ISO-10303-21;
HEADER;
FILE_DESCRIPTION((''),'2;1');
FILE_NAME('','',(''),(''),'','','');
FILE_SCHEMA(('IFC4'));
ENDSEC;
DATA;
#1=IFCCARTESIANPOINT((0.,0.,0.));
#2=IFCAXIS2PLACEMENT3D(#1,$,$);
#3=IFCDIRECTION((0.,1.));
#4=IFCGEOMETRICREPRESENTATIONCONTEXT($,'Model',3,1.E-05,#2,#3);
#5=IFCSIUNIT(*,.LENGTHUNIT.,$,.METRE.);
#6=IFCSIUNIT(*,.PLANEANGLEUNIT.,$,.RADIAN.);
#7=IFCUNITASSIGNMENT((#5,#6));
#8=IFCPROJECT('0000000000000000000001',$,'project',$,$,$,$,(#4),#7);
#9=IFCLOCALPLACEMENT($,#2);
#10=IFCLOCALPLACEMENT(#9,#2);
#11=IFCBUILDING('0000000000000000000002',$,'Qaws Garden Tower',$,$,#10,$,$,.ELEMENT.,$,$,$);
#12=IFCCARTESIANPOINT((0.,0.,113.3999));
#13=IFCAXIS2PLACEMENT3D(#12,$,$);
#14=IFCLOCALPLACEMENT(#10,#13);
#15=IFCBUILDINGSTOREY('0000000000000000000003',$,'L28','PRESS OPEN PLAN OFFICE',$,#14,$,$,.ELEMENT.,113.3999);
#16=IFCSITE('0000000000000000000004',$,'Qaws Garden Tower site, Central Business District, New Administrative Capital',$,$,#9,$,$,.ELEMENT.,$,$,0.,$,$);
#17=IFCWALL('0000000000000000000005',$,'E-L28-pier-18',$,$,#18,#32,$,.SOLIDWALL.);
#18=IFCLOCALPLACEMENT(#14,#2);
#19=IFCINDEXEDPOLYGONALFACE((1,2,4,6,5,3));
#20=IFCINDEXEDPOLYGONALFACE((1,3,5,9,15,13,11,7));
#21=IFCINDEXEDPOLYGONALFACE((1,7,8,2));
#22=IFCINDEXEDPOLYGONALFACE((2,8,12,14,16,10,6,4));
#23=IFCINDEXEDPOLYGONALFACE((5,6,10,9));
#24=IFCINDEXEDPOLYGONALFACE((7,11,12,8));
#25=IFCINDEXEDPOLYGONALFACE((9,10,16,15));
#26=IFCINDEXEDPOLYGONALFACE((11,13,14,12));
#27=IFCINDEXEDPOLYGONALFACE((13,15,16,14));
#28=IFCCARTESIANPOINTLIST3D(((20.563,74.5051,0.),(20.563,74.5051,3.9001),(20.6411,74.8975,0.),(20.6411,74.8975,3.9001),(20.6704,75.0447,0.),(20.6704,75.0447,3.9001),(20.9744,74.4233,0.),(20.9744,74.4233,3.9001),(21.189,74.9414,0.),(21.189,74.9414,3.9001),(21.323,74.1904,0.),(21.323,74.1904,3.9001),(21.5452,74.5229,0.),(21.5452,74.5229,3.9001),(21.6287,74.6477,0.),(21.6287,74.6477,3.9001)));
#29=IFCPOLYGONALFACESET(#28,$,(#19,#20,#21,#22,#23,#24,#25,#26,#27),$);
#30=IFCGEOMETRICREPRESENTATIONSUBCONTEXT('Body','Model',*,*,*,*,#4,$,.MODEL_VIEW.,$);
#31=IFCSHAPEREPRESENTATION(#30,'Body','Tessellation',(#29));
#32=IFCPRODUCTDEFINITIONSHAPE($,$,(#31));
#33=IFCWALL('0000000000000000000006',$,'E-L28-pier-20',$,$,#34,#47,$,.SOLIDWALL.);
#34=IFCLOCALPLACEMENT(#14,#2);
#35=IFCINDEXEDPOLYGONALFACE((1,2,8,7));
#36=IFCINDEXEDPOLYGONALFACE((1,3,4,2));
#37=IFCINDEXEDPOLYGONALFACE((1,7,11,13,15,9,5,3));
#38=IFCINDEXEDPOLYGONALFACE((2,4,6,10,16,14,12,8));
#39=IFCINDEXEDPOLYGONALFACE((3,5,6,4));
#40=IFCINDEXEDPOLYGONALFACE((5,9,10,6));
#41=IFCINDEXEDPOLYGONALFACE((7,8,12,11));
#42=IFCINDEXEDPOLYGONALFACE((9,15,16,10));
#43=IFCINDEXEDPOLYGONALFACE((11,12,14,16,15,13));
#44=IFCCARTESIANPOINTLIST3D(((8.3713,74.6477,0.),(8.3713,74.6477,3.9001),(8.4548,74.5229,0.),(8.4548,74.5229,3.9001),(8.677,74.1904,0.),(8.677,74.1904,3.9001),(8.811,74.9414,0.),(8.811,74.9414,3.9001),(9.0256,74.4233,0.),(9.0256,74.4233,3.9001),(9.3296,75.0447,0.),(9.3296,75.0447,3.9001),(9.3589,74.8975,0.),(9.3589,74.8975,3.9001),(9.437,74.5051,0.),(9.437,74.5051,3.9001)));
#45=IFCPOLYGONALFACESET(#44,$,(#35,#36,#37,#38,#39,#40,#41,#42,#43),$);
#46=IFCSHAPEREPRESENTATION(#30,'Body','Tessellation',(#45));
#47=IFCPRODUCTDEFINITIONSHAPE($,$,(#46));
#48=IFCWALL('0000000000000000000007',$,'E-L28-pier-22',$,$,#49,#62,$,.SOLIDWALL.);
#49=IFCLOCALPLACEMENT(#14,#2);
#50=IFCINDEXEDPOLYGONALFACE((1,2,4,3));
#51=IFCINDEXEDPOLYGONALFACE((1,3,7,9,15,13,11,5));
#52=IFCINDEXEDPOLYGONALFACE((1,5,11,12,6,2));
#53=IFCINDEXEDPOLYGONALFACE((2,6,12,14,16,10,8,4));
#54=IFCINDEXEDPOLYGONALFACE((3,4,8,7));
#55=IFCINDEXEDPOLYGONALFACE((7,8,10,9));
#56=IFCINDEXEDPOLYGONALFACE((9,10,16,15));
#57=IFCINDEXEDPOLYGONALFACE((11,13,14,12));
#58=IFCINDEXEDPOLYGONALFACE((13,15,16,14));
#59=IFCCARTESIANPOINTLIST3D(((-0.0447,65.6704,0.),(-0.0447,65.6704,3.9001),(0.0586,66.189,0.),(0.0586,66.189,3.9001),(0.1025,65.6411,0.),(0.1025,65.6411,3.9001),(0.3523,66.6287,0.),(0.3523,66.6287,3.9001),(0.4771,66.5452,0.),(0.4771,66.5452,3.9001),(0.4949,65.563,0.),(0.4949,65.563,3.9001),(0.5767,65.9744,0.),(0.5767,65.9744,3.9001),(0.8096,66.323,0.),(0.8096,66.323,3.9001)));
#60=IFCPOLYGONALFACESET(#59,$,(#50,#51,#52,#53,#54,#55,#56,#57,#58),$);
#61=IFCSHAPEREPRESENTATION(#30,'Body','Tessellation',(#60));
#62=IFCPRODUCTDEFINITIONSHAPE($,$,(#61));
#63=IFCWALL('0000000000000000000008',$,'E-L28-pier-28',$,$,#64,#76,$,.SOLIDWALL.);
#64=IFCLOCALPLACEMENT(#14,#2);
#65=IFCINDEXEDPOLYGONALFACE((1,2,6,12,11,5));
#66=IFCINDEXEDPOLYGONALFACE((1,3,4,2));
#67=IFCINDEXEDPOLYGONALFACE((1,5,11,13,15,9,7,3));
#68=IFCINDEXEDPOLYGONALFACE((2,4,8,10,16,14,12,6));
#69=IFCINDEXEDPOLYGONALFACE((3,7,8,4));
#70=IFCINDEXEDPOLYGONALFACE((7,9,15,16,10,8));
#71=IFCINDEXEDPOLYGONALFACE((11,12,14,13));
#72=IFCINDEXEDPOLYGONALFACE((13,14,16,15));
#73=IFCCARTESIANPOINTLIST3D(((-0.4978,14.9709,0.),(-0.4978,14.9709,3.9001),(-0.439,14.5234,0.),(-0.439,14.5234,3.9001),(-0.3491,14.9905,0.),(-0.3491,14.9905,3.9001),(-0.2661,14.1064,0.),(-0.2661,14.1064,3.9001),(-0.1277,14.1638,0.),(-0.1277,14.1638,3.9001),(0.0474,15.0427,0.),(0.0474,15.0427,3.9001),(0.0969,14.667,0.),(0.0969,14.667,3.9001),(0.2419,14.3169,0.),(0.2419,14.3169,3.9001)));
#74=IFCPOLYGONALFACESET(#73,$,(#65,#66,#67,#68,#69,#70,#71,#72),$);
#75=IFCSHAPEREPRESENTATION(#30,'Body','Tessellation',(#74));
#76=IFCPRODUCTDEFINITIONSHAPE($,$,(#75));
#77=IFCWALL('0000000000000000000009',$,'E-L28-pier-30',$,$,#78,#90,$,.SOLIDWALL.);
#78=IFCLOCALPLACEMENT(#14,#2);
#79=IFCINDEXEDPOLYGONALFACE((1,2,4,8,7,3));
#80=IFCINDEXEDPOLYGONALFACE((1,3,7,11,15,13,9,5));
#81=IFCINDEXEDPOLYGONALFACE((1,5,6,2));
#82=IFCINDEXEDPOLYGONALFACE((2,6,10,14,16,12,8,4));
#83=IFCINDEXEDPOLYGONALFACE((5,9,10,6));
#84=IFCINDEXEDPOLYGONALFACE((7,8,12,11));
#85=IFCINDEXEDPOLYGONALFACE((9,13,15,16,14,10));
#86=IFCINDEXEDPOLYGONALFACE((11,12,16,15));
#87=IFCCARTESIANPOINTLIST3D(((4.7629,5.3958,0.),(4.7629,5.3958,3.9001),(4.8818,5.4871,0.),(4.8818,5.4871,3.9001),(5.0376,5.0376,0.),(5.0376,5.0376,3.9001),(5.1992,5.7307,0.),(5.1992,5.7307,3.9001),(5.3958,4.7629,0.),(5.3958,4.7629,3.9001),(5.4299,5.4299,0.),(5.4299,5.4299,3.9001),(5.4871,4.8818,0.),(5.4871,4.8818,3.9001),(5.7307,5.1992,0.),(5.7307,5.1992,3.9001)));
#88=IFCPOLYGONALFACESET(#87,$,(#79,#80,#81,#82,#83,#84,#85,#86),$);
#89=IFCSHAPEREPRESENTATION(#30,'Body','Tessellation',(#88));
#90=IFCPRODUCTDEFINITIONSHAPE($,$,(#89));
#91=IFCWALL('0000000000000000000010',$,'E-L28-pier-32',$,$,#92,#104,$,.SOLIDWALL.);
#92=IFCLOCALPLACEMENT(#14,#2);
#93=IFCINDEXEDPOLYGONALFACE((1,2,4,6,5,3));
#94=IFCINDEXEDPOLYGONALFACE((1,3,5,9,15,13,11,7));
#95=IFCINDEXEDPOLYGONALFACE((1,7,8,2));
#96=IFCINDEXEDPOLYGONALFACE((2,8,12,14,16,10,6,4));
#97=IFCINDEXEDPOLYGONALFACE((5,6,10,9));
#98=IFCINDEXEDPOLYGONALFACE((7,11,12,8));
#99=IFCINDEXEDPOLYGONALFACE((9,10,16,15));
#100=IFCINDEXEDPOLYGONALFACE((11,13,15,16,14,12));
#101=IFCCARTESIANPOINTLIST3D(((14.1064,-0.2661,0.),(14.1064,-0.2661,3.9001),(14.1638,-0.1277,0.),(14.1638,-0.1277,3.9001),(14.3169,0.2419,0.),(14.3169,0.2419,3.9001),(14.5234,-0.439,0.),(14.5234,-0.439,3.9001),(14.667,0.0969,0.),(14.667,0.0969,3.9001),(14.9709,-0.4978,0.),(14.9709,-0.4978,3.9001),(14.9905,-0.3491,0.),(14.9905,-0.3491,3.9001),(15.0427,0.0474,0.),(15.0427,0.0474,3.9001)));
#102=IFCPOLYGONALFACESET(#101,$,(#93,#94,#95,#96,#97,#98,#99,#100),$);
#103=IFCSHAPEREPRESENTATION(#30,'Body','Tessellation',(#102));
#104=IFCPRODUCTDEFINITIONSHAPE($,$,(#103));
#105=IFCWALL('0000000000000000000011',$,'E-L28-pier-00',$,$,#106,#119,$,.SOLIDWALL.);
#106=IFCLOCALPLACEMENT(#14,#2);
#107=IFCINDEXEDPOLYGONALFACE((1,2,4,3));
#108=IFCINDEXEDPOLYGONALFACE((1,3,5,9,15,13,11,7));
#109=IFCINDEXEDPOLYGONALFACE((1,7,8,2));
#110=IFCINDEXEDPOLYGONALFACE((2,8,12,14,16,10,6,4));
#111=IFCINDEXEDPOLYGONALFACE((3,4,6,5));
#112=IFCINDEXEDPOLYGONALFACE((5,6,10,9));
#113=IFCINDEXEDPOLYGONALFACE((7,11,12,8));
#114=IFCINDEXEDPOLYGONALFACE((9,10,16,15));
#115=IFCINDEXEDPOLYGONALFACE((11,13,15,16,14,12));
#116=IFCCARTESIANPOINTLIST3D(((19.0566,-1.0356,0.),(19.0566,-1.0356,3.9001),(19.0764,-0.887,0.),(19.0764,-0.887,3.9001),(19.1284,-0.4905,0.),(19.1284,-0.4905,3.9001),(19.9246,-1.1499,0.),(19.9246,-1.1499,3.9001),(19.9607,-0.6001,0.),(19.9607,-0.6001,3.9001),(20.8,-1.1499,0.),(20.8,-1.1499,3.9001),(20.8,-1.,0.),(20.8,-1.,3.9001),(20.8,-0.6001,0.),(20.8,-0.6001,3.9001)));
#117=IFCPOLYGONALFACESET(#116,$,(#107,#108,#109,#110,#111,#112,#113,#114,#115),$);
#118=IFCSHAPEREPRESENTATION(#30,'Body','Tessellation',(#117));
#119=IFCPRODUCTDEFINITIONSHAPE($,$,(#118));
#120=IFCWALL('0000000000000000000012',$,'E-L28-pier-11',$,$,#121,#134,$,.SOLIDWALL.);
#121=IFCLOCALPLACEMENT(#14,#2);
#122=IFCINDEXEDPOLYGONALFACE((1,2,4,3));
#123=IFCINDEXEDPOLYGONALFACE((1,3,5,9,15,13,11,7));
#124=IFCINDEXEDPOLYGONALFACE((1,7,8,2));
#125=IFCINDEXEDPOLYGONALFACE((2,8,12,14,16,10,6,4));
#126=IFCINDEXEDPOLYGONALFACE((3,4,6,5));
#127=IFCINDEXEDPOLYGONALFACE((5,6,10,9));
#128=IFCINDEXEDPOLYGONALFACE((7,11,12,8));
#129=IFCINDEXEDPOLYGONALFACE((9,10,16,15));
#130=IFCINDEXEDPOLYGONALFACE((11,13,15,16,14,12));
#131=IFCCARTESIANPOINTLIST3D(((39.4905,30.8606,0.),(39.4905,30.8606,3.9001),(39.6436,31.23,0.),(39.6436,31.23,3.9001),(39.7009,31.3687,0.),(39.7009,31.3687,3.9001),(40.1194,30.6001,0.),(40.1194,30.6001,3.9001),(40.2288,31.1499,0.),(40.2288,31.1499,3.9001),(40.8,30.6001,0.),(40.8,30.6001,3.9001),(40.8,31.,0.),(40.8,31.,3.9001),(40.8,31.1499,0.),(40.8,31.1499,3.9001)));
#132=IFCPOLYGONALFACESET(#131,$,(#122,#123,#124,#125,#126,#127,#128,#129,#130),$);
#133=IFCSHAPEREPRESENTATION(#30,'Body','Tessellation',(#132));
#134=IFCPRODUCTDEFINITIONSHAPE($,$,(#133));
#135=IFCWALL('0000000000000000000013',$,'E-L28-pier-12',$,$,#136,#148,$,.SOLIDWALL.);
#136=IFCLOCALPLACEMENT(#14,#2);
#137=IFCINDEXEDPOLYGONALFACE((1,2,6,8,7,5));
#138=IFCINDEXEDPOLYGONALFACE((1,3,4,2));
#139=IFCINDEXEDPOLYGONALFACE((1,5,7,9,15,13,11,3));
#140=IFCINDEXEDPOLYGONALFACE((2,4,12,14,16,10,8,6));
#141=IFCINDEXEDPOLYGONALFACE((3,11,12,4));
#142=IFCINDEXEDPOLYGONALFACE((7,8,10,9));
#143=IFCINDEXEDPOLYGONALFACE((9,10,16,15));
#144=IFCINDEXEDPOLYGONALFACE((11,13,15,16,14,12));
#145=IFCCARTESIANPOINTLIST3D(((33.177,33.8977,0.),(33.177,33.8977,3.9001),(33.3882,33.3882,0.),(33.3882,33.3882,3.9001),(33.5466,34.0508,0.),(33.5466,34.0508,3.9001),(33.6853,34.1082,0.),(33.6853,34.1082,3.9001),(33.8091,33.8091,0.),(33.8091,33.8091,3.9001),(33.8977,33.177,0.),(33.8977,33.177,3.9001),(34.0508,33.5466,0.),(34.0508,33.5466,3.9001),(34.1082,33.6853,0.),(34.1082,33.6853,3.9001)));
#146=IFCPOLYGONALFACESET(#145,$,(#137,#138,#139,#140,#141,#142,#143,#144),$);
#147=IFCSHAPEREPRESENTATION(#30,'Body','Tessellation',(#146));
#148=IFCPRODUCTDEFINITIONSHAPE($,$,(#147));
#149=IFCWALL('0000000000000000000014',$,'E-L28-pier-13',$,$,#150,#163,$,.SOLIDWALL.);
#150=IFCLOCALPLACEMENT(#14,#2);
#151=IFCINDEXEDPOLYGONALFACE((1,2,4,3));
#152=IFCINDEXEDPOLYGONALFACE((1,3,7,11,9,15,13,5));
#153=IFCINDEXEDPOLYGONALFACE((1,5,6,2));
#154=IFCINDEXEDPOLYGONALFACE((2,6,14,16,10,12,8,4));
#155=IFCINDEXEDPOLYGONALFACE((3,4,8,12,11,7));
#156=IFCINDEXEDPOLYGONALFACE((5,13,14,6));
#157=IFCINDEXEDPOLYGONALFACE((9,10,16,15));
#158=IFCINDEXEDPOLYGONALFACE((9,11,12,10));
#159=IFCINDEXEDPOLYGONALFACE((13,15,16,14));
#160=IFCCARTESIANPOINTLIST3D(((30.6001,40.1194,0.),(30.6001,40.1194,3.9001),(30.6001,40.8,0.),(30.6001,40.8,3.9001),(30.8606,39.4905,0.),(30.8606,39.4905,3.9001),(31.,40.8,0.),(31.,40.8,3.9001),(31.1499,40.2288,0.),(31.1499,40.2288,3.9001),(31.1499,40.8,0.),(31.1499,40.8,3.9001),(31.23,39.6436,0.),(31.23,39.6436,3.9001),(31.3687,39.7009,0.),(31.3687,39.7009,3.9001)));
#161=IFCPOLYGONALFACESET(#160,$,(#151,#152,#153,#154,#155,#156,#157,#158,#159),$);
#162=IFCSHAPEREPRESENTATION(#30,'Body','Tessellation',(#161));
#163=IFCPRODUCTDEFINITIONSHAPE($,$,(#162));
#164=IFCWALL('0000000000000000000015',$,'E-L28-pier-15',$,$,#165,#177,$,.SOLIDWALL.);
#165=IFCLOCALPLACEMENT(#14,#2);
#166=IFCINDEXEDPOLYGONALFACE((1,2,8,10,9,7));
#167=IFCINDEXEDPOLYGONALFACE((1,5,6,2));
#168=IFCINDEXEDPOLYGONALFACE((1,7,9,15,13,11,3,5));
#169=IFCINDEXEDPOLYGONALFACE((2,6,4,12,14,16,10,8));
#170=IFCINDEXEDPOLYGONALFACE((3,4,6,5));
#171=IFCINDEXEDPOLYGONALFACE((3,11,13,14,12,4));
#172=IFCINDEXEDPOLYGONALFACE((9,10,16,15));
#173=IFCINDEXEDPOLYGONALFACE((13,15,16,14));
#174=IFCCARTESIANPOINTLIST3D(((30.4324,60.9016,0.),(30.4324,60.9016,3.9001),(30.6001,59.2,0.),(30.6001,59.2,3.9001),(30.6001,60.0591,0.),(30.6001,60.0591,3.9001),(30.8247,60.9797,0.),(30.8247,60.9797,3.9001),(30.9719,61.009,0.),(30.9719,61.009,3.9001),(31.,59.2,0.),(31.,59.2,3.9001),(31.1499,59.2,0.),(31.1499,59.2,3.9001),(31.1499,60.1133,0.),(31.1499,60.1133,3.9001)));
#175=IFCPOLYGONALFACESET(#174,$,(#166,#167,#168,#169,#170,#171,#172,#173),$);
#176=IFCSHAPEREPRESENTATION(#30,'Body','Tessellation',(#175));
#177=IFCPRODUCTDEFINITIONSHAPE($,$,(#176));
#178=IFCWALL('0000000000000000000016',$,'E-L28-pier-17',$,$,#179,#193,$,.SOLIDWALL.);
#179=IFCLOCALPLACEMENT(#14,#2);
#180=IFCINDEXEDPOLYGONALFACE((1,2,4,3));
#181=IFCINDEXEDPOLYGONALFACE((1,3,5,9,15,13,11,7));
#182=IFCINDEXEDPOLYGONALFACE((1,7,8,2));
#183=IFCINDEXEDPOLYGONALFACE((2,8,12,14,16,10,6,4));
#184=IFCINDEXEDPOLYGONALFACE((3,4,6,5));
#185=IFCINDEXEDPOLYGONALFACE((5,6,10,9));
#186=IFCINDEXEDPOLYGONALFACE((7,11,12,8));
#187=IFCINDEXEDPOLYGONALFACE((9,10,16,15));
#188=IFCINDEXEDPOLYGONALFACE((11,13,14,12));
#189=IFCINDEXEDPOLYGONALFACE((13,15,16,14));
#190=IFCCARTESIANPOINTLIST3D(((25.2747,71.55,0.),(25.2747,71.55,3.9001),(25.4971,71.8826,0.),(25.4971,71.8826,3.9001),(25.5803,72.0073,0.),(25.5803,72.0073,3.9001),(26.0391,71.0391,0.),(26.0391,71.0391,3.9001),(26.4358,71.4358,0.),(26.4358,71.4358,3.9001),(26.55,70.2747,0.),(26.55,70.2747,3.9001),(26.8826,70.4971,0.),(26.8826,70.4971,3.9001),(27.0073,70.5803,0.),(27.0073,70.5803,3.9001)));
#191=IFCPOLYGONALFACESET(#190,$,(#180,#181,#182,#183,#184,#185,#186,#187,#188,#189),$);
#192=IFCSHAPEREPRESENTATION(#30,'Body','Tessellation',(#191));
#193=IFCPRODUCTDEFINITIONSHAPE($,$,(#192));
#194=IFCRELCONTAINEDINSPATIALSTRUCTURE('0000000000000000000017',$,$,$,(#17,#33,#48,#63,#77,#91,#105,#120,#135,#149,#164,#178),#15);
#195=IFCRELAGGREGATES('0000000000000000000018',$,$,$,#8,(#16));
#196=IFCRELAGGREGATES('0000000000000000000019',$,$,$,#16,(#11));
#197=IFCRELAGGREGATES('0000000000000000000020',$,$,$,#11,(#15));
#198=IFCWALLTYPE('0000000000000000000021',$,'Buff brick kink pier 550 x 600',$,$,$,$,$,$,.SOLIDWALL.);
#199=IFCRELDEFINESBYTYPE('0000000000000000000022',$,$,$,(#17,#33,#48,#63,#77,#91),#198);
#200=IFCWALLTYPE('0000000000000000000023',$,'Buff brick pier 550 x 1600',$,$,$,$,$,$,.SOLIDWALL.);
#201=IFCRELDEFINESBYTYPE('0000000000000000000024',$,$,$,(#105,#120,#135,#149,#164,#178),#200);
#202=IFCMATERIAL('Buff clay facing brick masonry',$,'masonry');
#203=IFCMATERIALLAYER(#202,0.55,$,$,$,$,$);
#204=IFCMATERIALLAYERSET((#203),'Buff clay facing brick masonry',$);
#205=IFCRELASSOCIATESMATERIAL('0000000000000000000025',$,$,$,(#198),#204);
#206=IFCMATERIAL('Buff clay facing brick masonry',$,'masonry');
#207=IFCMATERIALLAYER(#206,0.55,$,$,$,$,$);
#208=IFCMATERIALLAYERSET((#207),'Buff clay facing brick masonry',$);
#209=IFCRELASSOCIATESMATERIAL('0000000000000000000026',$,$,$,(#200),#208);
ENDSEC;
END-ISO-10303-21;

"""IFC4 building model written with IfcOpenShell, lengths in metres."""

from ifc_helpers import new_model, si_unit, direction, frame, origin, place, context, subcontext, project, spatial, polyline, outline, extrude, material, layer, layer_set, type_object, element, save


model = new_model("IFC4")

# Units and contexts
model_context = context("Model", 3, precision=1e-05, world=origin(), true_north=direction((0.0, 1.0)))
body_context = subcontext(model_context, "Body", "Model", "MODEL_VIEW")
ifc_project = project(units=[si_unit("LENGTHUNIT", "METRE"), si_unit("PLANEANGLEUNIT", "RADIAN")], contexts=[model_context])

# Site, building, storey
site_placement = place(None, origin())
site = spatial("IfcSite", under=ifc_project, at=site_placement, Name="Qaws Garden Tower site, Central Business District, New Administrative Capital", CompositionType="ELEMENT", RefElevation=0.0)
building_placement = place(site_placement, origin())
building = spatial("IfcBuilding", under=site, at=building_placement, Name="Qaws Garden Tower", CompositionType="ELEMENT")
storey_placement = place(building_placement, frame((0.0, 0.0, 113.3999)))
storey = spatial("IfcBuildingStorey", under=building, at=storey_placement, Name="L28", Description="PRESS OPEN PLAN OFFICE", CompositionType="ELEMENT", Elevation=113.3999)

# Walls
placement = place(storey_placement, origin())
ifc_material_1 = material(Name="Buff clay facing brick masonry", Category="masonry")
ifc_layer_1 = layer(ifc_material_1, 0.55)
ifc_layer_set_1 = layer_set([ifc_layer_1], Name="Buff clay facing brick masonry")
wall_type_1 = type_object("IfcWallType", Name="Buff brick kink pier 550 x 600", PredefinedType="SOLIDWALL", material=ifc_layer_set_1)
element("IfcWall", 1, at=placement, inside=storey, type_object=wall_type_1, Name="E-L28-pier-18", PredefinedType="SOLIDWALL", context=body_context, shape_type="SweptSolid", body=[
    extrude(outline(polyline([(21.5452, 74.5229), (21.6287, 74.6477), (21.189, 74.9414), (20.6704, 75.0447), (20.6411, 74.8975), (20.563, 74.5051), (20.9744, 74.4233), (21.323, 74.1904), (21.5452, 74.5229)])), origin(), (0.0, 0.0, 1.0), 3.9001),
])
element("IfcWall", 2, at=placement, inside=storey, type_object=wall_type_1, Name="E-L28-pier-20", PredefinedType="SOLIDWALL", context=body_context, shape_type="SweptSolid", body=[
    extrude(outline(polyline([(9.3589, 74.8975), (9.3296, 75.0447), (8.811, 74.9414), (8.3713, 74.6477), (8.4548, 74.5229), (8.677, 74.1904), (9.0256, 74.4233), (9.437, 74.5051), (9.3589, 74.8975)])), origin(), (0.0, 0.0, 1.0), 3.9001),
])
element("IfcWall", 3, at=placement, inside=storey, type_object=wall_type_1, Name="E-L28-pier-22", PredefinedType="SOLIDWALL", context=body_context, shape_type="SweptSolid", body=[
    extrude(outline(polyline([(0.4771, 66.5452), (0.3523, 66.6287), (0.0586, 66.189), (-0.0447, 65.6704), (0.1025, 65.6411), (0.4949, 65.563), (0.5767, 65.9744), (0.8096, 66.323), (0.4771, 66.5452)])), origin(), (0.0, 0.0, 1.0), 3.9001),
])
element("IfcWall", 4, at=placement, inside=storey, type_object=wall_type_1, Name="E-L28-pier-28", PredefinedType="SOLIDWALL", context=body_context, shape_type="SweptSolid", body=[
    extrude(outline(polyline([(-0.3491, 14.9905), (-0.4978, 14.9709), (-0.439, 14.5234), (-0.2661, 14.1064), (-0.1277, 14.1638), (0.2419, 14.3169), (0.0969, 14.667), (0.0474, 15.0427), (-0.3491, 14.9905)])), origin(), (0.0, 0.0, 1.0), 3.9001),
])
element("IfcWall", 5, at=placement, inside=storey, type_object=wall_type_1, Name="E-L28-pier-30", PredefinedType="SOLIDWALL", context=body_context, shape_type="SweptSolid", body=[
    extrude(outline(polyline([(4.8818, 5.4871), (4.7629, 5.3958), (5.0376, 5.0376), (5.3958, 4.7629), (5.4871, 4.8818), (5.7307, 5.1992), (5.4299, 5.4299), (5.1992, 5.7307), (4.8818, 5.4871)])), origin(), (0.0, 0.0, 1.0), 3.9001),
])
element("IfcWall", 6, at=placement, inside=storey, type_object=wall_type_1, Name="E-L28-pier-32", PredefinedType="SOLIDWALL", context=body_context, shape_type="SweptSolid", body=[
    extrude(outline(polyline([(14.1638, -0.1277), (14.1064, -0.2661), (14.5234, -0.439), (14.9709, -0.4978), (14.9905, -0.3491), (15.0427, 0.0474), (14.667, 0.0969), (14.3169, 0.2419), (14.1638, -0.1277)])), origin(), (0.0, 0.0, 1.0), 3.9001),
])
ifc_material_2 = material(Name="Buff clay facing brick masonry", Category="masonry")
ifc_layer_2 = layer(ifc_material_2, 0.55)
ifc_layer_set_2 = layer_set([ifc_layer_2], Name="Buff clay facing brick masonry")
wall_type_2 = type_object("IfcWallType", Name="Buff brick pier 550 x 1600", PredefinedType="SOLIDWALL", material=ifc_layer_set_2)
element("IfcWall", 7, at=placement, inside=storey, type_object=wall_type_2, Name="E-L28-pier-00", PredefinedType="SOLIDWALL", context=body_context, shape_type="SweptSolid", body=[
    extrude(outline(polyline([(19.0764, -0.887), (19.0566, -1.0356), (19.9246, -1.1499), (20.8, -1.1499), (20.8, -1.0), (20.8, -0.6001), (19.9607, -0.6001), (19.1284, -0.4905), (19.0764, -0.887)])), origin(), (0.0, 0.0, 1.0), 3.9001),
])
element("IfcWall", 8, at=placement, inside=storey, type_object=wall_type_2, Name="E-L28-pier-11", PredefinedType="SOLIDWALL", context=body_context, shape_type="SweptSolid", body=[
    extrude(outline(polyline([(40.8, 31.0), (40.8, 31.1499), (40.2288, 31.1499), (39.7009, 31.3687), (39.6436, 31.23), (39.4905, 30.8606), (40.1194, 30.6001), (40.8, 30.6001), (40.8, 31.0)])), origin(), (0.0, 0.0, 1.0), 3.9001),
])
element("IfcWall", 9, at=placement, inside=storey, type_object=wall_type_2, Name="E-L28-pier-12", PredefinedType="SOLIDWALL", context=body_context, shape_type="SweptSolid", body=[
    extrude(outline(polyline([(34.0508, 33.5466), (34.1082, 33.6853), (33.8091, 33.8091), (33.6853, 34.1082), (33.5466, 34.0508), (33.177, 33.8977), (33.3882, 33.3882), (33.8977, 33.177), (34.0508, 33.5466)])), origin(), (0.0, 0.0, 1.0), 3.9001),
])
element("IfcWall", 10, at=placement, inside=storey, type_object=wall_type_2, Name="E-L28-pier-13", PredefinedType="SOLIDWALL", context=body_context, shape_type="SweptSolid", body=[
    extrude(outline(polyline([(31.23, 39.6436), (31.3687, 39.7009), (31.1499, 40.2288), (31.1499, 40.8), (31.0, 40.8), (30.6001, 40.8), (30.6001, 40.1194), (30.8606, 39.4905), (31.23, 39.6436)])), origin(), (0.0, 0.0, 1.0), 3.9001),
])
element("IfcWall", 11, at=placement, inside=storey, type_object=wall_type_2, Name="E-L28-pier-15", PredefinedType="SOLIDWALL", context=body_context, shape_type="SweptSolid", body=[
    extrude(outline(polyline([(31.0, 59.2), (31.1499, 59.2), (31.1499, 60.1133), (30.9719, 61.009), (30.8247, 60.9797), (30.4324, 60.9016), (30.6001, 60.0591), (30.6001, 59.2), (31.0, 59.2)])), origin(), (0.0, 0.0, 1.0), 3.9001),
])
element("IfcWall", 12, at=placement, inside=storey, type_object=wall_type_2, Name="E-L28-pier-17", PredefinedType="SOLIDWALL", context=body_context, shape_type="SweptSolid", body=[
    extrude(outline(polyline([(26.8826, 70.4971), (27.0073, 70.5803), (26.4358, 71.4358), (25.5803, 72.0073), (25.4971, 71.8826), (25.2747, 71.55), (26.0391, 71.0391), (26.55, 70.2747), (26.8826, 70.4971)])), origin(), (0.0, 0.0, 1.0), 3.9001),
])

save(model, "model.ifc")
